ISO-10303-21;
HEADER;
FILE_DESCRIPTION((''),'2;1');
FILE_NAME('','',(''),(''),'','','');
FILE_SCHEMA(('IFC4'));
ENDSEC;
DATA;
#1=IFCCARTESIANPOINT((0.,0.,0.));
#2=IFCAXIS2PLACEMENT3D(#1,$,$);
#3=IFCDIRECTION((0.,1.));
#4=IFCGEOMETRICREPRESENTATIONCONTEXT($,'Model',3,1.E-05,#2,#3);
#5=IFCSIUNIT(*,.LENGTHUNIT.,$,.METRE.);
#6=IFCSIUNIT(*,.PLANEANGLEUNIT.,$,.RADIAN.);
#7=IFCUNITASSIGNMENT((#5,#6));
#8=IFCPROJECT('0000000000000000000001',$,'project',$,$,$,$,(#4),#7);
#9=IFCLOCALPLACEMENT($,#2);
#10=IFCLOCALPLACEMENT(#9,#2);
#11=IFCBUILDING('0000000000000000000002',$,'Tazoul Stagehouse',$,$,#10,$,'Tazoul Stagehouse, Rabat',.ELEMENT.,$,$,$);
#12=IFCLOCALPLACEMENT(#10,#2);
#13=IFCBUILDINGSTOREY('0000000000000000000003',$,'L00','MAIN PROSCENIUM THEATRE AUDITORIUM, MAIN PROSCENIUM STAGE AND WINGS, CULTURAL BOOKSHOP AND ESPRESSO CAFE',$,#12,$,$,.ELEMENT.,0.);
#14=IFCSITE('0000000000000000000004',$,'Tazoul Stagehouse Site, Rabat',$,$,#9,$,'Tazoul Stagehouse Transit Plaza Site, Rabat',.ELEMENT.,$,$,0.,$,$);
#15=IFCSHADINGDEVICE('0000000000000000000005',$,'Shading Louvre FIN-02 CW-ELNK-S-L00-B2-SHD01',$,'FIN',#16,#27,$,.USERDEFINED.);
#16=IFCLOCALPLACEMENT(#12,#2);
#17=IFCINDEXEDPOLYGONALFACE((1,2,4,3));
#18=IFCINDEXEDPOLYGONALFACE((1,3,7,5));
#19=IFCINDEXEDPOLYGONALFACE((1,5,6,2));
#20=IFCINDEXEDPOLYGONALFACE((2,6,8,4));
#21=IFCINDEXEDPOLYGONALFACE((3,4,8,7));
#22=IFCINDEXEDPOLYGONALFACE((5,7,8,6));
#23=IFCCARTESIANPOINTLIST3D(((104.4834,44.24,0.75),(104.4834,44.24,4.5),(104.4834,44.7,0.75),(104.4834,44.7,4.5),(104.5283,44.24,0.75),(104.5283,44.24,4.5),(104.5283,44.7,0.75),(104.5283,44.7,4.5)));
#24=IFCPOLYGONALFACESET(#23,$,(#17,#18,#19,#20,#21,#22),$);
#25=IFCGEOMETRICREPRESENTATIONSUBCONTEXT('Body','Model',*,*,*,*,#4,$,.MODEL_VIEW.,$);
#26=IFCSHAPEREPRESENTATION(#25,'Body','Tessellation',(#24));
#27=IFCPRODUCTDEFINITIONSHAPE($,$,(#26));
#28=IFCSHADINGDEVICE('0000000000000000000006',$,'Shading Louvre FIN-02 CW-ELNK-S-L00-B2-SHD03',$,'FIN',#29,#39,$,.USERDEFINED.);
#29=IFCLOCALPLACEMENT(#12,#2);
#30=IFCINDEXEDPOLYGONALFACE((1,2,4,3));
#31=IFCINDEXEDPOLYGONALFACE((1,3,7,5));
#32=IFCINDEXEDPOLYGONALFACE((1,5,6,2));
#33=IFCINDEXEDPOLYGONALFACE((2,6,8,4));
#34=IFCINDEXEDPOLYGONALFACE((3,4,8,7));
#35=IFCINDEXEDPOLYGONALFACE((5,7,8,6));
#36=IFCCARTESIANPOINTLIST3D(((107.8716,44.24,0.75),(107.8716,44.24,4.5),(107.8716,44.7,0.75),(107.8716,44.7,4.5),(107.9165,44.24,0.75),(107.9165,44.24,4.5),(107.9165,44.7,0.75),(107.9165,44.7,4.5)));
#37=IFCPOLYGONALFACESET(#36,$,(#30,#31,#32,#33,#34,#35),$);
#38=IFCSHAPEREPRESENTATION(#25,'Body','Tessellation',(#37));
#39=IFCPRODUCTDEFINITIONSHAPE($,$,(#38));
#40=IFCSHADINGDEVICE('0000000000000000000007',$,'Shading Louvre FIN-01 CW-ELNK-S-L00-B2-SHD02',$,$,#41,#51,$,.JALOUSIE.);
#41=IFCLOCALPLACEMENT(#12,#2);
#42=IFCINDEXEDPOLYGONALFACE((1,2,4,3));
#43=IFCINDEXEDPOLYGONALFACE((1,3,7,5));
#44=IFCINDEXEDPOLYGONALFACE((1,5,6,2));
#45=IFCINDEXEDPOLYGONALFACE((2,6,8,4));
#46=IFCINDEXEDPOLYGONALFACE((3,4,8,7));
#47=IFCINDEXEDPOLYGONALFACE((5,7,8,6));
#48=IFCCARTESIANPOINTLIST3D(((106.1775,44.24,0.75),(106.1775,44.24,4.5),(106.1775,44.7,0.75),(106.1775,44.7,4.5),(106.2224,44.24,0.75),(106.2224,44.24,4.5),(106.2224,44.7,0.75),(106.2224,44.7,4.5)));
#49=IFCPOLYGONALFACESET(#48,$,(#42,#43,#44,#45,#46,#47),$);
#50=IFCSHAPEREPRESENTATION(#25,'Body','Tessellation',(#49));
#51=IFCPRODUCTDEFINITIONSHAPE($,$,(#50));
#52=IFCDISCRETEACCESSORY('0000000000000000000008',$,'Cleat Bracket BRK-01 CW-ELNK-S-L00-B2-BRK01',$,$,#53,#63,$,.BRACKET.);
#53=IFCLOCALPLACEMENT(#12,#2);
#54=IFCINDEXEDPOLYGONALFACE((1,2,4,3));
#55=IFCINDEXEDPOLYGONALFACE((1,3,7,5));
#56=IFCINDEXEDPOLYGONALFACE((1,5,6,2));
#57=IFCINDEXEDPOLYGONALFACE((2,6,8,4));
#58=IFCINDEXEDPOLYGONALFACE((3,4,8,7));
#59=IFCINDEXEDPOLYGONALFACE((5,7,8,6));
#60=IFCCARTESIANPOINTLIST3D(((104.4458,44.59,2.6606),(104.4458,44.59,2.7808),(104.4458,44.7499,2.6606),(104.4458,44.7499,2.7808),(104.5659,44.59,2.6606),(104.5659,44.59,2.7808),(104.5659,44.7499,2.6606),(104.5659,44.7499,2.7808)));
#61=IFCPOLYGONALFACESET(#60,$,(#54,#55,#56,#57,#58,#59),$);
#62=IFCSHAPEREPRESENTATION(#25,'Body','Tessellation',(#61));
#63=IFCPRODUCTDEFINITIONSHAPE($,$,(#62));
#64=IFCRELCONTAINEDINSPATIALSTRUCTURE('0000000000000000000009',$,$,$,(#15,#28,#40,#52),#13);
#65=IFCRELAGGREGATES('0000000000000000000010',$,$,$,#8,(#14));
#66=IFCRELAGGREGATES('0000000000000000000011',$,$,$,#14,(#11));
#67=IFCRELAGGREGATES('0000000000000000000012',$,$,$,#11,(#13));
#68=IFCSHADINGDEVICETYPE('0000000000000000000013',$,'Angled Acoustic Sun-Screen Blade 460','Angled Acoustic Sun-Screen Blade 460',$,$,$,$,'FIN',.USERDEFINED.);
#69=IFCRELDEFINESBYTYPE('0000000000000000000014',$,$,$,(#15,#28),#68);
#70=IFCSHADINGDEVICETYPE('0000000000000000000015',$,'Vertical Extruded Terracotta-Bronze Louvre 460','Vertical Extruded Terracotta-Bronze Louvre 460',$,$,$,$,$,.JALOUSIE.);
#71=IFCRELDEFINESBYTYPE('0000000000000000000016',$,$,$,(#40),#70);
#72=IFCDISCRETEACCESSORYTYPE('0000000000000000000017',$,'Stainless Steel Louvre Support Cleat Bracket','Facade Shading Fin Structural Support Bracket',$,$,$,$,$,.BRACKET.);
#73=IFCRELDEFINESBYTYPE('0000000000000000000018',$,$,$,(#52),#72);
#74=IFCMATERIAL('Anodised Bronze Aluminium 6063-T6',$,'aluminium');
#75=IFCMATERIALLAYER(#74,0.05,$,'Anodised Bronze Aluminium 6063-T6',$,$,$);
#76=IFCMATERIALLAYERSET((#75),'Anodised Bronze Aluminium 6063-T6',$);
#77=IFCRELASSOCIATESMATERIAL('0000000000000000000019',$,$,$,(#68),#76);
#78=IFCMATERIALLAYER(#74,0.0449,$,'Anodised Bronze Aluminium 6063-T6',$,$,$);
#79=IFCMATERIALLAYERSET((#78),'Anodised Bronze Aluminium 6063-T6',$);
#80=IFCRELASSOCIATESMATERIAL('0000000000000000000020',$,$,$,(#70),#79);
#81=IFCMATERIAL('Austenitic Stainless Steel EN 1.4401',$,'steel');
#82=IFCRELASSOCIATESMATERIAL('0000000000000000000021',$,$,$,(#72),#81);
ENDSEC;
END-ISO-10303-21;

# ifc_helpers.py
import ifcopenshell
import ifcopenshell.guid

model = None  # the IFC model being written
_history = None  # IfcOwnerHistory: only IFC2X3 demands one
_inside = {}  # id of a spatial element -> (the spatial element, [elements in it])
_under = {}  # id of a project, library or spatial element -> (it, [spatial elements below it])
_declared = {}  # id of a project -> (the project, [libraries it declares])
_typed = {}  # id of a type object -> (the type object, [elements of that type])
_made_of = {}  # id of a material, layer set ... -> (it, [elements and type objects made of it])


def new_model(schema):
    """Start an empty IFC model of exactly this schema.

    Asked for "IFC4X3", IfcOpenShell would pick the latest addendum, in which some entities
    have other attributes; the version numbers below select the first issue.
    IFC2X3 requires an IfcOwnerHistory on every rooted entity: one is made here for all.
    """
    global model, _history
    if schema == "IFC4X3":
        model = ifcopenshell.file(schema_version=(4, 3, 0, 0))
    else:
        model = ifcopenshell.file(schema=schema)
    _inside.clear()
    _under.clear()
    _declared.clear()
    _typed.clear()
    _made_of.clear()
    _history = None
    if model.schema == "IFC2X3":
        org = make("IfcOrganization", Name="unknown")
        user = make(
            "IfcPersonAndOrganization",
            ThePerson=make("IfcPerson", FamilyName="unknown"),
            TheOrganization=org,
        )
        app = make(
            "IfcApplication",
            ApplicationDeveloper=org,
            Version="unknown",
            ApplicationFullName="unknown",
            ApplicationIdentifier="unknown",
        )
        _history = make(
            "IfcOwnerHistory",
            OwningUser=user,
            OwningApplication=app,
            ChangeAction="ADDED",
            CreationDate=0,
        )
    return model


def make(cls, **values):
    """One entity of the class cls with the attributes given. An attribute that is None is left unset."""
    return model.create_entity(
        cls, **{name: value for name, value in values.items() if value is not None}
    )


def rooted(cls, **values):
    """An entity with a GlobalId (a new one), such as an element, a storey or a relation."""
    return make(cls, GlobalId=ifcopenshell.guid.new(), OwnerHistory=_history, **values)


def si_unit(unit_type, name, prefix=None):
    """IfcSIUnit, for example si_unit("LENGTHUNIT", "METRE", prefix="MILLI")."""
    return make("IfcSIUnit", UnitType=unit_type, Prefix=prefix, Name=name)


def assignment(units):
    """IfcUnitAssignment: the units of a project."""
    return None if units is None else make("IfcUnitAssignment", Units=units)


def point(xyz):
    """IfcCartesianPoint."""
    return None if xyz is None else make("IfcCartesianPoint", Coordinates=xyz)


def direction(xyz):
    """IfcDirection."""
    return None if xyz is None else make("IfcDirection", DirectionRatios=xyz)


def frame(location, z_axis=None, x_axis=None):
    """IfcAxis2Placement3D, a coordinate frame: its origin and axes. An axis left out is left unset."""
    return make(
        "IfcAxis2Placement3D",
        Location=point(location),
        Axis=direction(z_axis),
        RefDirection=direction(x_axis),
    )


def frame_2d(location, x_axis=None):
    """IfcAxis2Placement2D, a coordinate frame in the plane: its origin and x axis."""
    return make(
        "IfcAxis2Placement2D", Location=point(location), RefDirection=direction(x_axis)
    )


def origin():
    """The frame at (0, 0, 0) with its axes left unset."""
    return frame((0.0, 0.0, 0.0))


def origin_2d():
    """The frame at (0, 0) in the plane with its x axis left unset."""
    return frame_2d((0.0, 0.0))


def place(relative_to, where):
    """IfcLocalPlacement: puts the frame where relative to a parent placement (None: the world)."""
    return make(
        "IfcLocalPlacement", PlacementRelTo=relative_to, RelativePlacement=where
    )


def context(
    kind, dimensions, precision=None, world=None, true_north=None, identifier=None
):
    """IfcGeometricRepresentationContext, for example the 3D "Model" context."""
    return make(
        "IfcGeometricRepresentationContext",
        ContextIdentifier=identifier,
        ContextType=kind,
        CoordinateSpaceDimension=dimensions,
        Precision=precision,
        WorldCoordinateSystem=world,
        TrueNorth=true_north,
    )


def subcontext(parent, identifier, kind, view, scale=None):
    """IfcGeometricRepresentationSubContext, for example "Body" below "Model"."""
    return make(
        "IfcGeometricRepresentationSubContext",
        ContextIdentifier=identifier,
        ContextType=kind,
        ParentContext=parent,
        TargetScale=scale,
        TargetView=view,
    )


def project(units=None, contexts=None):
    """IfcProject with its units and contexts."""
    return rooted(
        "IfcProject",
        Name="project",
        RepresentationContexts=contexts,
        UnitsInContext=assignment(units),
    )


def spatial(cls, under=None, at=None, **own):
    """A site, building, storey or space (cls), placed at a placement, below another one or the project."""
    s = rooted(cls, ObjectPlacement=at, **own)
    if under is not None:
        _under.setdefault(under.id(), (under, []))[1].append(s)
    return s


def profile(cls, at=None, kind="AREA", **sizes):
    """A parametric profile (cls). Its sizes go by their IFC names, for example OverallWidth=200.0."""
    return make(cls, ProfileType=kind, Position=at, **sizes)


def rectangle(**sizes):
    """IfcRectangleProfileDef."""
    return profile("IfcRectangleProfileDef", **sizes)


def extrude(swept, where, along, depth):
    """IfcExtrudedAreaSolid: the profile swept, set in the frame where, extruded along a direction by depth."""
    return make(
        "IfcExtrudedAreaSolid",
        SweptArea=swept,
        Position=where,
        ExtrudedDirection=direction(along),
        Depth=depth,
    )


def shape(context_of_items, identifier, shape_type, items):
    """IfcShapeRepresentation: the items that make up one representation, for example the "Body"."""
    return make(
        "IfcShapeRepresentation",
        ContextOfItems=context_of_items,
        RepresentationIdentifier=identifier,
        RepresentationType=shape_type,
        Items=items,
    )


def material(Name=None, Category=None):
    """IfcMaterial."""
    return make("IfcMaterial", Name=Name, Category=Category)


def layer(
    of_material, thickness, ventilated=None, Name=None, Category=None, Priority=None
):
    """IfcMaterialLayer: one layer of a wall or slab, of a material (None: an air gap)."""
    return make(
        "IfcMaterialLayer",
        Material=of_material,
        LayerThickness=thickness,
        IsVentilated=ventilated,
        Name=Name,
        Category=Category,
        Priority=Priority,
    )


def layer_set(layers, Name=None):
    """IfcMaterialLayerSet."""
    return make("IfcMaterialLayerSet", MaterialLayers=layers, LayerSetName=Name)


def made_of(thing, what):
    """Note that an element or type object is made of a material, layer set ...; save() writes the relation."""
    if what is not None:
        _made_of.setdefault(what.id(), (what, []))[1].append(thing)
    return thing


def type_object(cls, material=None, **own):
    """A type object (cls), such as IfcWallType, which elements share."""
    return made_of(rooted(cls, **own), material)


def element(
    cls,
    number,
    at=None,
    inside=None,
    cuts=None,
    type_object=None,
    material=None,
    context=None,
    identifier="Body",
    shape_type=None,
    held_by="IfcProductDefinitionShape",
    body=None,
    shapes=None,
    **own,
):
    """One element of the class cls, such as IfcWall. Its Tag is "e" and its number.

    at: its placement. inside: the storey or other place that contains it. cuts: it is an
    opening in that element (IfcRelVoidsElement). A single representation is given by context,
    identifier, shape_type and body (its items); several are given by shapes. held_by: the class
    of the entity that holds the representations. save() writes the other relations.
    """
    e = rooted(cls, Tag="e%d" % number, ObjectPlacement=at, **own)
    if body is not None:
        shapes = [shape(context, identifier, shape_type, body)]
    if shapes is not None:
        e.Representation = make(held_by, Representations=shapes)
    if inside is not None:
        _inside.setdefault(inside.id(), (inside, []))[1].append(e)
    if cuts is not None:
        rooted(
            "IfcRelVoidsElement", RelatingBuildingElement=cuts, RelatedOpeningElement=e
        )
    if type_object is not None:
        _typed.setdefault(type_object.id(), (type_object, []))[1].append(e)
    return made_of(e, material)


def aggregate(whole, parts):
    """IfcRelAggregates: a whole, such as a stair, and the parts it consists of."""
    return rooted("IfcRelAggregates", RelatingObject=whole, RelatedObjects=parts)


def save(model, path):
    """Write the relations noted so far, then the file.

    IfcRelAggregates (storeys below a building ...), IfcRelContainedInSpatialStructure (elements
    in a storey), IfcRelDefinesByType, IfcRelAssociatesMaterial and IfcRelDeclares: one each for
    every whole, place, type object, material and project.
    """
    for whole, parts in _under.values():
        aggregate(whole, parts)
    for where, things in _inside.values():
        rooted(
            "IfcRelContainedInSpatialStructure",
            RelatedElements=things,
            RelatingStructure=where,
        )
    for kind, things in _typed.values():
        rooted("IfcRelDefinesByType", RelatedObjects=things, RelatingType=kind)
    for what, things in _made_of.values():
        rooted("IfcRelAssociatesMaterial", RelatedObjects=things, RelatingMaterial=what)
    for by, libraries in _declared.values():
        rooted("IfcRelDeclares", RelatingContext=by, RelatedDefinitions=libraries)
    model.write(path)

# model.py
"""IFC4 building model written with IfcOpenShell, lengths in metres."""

from ifc_helpers import new_model, si_unit, direction, frame, origin, origin_2d, place, context, subcontext, project, spatial, rectangle, extrude, material, layer, layer_set, type_object, element, save


model = new_model("IFC4")

# Units and contexts
model_context = context("Model", 3, precision=1e-05, world=origin(), true_north=direction((0.0, 1.0)))
body_context = subcontext(model_context, "Body", "Model", "MODEL_VIEW")
ifc_project = project(units=[si_unit("LENGTHUNIT", "METRE"), si_unit("PLANEANGLEUNIT", "RADIAN")], contexts=[model_context])

# Site, building, storey
site_placement = place(None, origin())
site = spatial("IfcSite", under=ifc_project, at=site_placement, Name="Tazoul Stagehouse Site, Rabat", LongName="Tazoul Stagehouse Transit Plaza Site, Rabat", CompositionType="ELEMENT", RefElevation=0.0)
building_placement = place(site_placement, origin())
building = spatial("IfcBuilding", under=site, at=building_placement, Name="Tazoul Stagehouse", LongName="Tazoul Stagehouse, Rabat", CompositionType="ELEMENT")
storey_placement = place(building_placement, origin())
storey = spatial("IfcBuildingStorey", under=building, at=storey_placement, Name="L00", Description="MAIN PROSCENIUM THEATRE AUDITORIUM, MAIN PROSCENIUM STAGE AND WINGS, CULTURAL BOOKSHOP AND ESPRESSO CAFE", CompositionType="ELEMENT", Elevation=0.0)

# Shared definitions
ifc_material_1 = material(Name="Anodised Bronze Aluminium 6063-T6", Category="aluminium")

# Shading devices
ifc_layer_1 = layer(ifc_material_1, 0.05, Name="Anodised Bronze Aluminium 6063-T6")
ifc_layer_set_1 = layer_set([ifc_layer_1], Name="Anodised Bronze Aluminium 6063-T6")
shading_device_type_1 = type_object("IfcShadingDeviceType", Name="Angled Acoustic Sun-Screen Blade 460", Description="Angled Acoustic Sun-Screen Blade 460", ElementType="FIN", PredefinedType="USERDEFINED", material=ifc_layer_set_1)
for number, where, z_axis, x_axis, name in (
    (1, (104.5059, 44.47, 0.75), (0.0, 0.0, 1.0), (1.0, 0.0, 0.0), "Shading Louvre FIN-02 CW-ELNK-S-L00-B2-SHD01"),
    (2, (107.894, 44.47, 0.75), (0.0, 0.0, 1.0), (1.0, 0.0, 0.0), "Shading Louvre FIN-02 CW-ELNK-S-L00-B2-SHD03"),
):
    element("IfcShadingDevice", number, at=place(storey_placement, frame(where, z_axis=z_axis, x_axis=x_axis)), inside=storey, type_object=shading_device_type_1, Name=name, ObjectType="FIN", PredefinedType="USERDEFINED", context=body_context, shape_type="SweptSolid", body=[
        extrude(rectangle(XDim=0.0449, YDim=0.46, at=origin_2d()), origin(), (0.0, 0.0, 1.0), 3.75),
    ])
ifc_layer_2 = layer(ifc_material_1, 0.0449, Name="Anodised Bronze Aluminium 6063-T6")
ifc_layer_set_2 = layer_set([ifc_layer_2], Name="Anodised Bronze Aluminium 6063-T6")
shading_device_type_2 = type_object("IfcShadingDeviceType", Name="Vertical Extruded Terracotta-Bronze Louvre 460", Description="Vertical Extruded Terracotta-Bronze Louvre 460", PredefinedType="JALOUSIE", material=ifc_layer_set_2)
shading_device_placement = place(storey_placement, frame((106.2, 44.47, 0.75), z_axis=(0.0, 0.0, 1.0), x_axis=(1.0, 0.0, 0.0)))
element("IfcShadingDevice", 3, at=shading_device_placement, inside=storey, type_object=shading_device_type_2, Name="Shading Louvre FIN-01 CW-ELNK-S-L00-B2-SHD02", PredefinedType="JALOUSIE", context=body_context, shape_type="SweptSolid", body=[
    extrude(rectangle(XDim=0.0449, YDim=0.46, at=origin_2d()), origin(), (0.0, 0.0, 1.0), 3.75),
])

# Discrete accessory
ifc_material_2 = material(Name="Austenitic Stainless Steel EN 1.4401", Category="steel")
discrete_accessory_type = type_object("IfcDiscreteAccessoryType", Name="Stainless Steel Louvre Support Cleat Bracket", Description="Facade Shading Fin Structural Support Bracket", PredefinedType="BRACKET", material=ifc_material_2)
discrete_accessory_placement = place(storey_placement, frame((104.5059, 44.6699, 2.6606), z_axis=(0.0, 0.0, 1.0), x_axis=(1.0, 0.0, 0.0)))
element("IfcDiscreteAccessory", 4, at=discrete_accessory_placement, inside=storey, type_object=discrete_accessory_type, Name="Cleat Bracket BRK-01 CW-ELNK-S-L00-B2-BRK01", PredefinedType="BRACKET", context=body_context, shape_type="SweptSolid", body=[
    extrude(rectangle(XDim=0.1201, YDim=0.1599, at=origin_2d()), origin(), (0.0, 0.0, 1.0), 0.1201),
])

save(model, "model.ifc")
